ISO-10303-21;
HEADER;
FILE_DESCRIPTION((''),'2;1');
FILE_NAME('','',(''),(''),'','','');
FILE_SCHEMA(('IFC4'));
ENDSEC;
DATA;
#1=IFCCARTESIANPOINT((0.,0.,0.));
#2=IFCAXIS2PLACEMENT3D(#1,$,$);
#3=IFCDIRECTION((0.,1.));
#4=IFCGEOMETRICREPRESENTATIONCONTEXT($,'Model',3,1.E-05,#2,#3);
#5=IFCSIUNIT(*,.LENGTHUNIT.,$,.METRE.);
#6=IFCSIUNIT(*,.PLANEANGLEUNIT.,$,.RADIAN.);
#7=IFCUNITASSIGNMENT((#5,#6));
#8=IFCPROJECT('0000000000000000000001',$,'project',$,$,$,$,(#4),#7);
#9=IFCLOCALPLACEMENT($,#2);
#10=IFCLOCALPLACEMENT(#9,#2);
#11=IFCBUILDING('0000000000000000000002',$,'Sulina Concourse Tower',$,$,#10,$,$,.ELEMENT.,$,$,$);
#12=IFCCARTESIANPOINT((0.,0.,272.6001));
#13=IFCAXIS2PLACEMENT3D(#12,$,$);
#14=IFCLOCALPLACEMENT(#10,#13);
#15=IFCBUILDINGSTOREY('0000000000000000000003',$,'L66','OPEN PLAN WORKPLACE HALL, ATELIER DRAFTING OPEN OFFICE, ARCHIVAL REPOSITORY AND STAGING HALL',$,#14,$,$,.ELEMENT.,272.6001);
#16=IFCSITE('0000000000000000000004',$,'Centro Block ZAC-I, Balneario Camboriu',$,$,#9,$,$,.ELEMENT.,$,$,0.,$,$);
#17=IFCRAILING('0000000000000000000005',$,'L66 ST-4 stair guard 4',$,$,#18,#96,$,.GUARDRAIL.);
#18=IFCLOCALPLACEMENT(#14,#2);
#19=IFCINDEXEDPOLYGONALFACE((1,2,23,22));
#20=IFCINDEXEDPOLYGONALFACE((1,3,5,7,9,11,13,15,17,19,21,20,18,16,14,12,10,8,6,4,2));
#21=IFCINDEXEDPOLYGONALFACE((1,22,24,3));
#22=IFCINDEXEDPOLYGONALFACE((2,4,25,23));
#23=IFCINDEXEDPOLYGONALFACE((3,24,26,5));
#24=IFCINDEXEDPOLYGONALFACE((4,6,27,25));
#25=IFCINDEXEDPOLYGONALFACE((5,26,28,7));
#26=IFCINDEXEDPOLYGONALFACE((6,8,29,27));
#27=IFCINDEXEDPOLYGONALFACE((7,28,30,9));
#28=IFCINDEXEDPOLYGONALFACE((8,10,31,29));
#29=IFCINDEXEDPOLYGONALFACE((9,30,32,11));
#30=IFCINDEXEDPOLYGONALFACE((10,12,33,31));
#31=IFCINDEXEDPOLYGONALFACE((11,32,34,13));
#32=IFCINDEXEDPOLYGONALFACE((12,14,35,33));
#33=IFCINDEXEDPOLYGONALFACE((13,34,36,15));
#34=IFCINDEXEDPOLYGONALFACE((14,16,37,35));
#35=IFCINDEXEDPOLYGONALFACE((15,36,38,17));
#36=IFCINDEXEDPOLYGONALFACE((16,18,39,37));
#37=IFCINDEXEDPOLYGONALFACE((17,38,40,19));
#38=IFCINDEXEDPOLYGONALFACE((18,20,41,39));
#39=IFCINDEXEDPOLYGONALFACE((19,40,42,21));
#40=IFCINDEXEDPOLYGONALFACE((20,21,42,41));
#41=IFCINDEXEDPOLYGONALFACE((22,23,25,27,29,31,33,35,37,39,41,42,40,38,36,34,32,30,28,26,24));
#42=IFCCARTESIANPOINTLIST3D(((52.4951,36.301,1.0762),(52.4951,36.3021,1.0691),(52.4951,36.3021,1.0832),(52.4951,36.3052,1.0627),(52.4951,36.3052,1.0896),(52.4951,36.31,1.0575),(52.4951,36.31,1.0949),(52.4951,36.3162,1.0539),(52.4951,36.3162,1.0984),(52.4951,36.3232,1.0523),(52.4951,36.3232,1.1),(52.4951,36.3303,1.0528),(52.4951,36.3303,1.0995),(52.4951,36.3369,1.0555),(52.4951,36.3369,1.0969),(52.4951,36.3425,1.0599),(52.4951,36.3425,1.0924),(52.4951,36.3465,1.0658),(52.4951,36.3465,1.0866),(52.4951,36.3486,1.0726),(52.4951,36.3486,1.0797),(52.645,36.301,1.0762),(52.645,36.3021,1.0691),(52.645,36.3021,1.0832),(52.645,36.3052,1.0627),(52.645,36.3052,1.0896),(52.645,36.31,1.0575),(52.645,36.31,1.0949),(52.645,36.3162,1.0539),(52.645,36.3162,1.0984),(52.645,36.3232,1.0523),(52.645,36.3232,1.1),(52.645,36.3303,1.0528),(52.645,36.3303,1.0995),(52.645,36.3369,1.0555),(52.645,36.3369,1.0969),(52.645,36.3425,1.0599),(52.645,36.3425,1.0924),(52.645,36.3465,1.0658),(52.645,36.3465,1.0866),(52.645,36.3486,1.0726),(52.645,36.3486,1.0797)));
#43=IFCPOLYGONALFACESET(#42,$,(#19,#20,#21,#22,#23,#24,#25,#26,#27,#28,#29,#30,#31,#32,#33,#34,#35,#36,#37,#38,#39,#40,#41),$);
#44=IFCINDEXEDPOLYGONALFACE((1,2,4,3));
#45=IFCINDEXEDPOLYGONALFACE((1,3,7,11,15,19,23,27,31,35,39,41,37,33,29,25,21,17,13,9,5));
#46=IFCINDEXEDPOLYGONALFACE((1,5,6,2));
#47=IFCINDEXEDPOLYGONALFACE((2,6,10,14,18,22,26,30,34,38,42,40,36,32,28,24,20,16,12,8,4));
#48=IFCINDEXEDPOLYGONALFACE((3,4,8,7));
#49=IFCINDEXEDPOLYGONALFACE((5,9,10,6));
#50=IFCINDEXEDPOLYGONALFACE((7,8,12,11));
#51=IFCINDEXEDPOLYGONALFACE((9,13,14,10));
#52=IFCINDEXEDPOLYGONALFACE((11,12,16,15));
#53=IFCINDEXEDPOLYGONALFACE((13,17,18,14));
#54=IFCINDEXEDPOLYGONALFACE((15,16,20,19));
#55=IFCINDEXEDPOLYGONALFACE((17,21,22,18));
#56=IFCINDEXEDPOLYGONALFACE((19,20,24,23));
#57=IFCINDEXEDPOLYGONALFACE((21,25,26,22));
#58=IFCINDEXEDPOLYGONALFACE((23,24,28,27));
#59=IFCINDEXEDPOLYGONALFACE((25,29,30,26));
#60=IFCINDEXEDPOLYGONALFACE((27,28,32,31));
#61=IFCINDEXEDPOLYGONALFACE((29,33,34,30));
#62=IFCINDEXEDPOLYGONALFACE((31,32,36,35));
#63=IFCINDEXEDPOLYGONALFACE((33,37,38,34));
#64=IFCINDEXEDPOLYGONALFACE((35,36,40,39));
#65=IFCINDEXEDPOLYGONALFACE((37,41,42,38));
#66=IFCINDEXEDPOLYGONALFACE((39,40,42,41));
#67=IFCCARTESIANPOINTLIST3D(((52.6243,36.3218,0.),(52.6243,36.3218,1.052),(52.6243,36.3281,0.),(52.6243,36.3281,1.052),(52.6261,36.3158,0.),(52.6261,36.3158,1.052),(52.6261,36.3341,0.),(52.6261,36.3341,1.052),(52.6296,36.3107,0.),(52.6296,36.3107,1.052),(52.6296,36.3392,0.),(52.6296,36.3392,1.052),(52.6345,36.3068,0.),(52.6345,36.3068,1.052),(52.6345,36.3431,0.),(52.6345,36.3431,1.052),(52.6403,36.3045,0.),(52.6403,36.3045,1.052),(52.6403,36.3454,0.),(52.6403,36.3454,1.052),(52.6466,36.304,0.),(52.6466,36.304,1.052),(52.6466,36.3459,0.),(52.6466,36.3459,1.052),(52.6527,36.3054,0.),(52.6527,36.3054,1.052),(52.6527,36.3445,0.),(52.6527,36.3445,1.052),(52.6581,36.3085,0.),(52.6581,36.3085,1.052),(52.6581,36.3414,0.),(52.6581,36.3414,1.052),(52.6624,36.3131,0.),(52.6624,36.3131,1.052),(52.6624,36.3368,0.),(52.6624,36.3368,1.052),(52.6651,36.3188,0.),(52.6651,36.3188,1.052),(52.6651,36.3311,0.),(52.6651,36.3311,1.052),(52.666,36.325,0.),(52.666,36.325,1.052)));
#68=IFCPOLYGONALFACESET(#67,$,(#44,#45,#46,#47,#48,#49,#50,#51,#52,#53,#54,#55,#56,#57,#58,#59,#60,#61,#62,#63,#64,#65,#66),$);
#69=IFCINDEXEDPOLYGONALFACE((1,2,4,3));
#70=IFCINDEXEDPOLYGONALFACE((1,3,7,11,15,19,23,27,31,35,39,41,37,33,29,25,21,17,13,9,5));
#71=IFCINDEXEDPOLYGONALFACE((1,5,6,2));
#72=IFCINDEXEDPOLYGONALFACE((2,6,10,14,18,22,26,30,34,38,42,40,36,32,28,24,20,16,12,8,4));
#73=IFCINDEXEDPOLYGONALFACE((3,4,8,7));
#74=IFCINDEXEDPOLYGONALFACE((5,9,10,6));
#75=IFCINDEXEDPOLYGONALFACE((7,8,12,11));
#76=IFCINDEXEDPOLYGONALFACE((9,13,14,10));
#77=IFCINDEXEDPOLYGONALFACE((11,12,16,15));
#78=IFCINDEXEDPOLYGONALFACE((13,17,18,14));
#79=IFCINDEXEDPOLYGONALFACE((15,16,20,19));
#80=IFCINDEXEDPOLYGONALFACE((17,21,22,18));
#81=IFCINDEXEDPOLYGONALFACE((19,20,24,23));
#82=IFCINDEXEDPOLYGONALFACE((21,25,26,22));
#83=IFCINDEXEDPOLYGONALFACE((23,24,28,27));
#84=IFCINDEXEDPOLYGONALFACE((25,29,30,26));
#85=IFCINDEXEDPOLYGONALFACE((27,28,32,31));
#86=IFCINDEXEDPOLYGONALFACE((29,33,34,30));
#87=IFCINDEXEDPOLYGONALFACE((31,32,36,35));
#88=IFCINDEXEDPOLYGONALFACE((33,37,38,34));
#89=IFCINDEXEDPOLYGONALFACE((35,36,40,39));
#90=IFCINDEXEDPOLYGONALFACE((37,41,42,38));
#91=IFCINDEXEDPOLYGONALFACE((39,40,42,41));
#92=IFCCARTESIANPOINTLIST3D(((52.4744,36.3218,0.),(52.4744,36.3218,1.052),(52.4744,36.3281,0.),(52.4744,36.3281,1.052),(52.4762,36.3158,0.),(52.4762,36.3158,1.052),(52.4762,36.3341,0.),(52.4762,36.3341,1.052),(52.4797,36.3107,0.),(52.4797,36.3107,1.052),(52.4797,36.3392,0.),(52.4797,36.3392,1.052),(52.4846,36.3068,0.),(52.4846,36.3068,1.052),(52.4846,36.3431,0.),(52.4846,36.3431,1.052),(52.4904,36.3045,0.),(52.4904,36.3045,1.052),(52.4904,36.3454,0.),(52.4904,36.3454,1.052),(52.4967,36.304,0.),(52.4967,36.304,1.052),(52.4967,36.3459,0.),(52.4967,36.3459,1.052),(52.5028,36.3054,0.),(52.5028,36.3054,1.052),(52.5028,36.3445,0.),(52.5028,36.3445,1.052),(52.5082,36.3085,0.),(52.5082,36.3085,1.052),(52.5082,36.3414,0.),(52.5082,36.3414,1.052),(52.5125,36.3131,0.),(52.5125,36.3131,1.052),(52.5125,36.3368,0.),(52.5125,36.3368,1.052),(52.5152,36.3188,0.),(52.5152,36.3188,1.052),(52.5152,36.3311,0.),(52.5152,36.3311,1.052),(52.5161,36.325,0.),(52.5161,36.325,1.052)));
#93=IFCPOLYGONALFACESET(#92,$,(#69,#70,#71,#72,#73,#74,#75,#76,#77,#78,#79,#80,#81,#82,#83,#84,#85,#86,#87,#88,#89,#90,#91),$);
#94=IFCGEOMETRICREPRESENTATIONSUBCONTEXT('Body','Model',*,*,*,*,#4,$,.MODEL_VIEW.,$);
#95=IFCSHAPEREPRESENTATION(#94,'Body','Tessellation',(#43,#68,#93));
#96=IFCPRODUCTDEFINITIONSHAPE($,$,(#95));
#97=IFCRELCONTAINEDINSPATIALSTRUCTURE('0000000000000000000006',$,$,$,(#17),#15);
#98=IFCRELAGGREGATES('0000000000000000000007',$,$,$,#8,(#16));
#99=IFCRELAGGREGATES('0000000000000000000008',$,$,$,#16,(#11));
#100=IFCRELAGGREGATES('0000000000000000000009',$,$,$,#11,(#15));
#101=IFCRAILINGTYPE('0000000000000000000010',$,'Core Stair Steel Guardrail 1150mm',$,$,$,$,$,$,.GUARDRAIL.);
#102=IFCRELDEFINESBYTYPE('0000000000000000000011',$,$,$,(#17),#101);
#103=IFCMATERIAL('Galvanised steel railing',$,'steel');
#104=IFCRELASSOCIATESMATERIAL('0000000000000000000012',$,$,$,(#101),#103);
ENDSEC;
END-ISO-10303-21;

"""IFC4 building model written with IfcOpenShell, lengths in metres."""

from ifc_helpers import new_model, si_unit, direction, frame, origin, origin_2d, place, context, subcontext, project, spatial, circle, extrude, material, type_object, element, save


model = new_model("IFC4")

# Units and contexts
model_context = context("Model", 3, precision=1e-05, world=origin(), true_north=direction((0.0, 1.0)))
body_context = subcontext(model_context, "Body", "Model", "MODEL_VIEW")
ifc_project = project(units=[si_unit("LENGTHUNIT", "METRE"), si_unit("PLANEANGLEUNIT", "RADIAN")], contexts=[model_context])

# Site, building, storey
site_placement = place(None, origin())
site = spatial("IfcSite", under=ifc_project, at=site_placement, Name="Centro Block ZAC-I, Balneario Camboriu", CompositionType="ELEMENT", RefElevation=0.0)
building_placement = place(site_placement, origin())
building = spatial("IfcBuilding", under=site, at=building_placement, Name="Sulina Concourse Tower", CompositionType="ELEMENT")
storey_placement = place(building_placement, frame((0.0, 0.0, 272.6001)))
storey = spatial("IfcBuildingStorey", under=building, at=storey_placement, Name="L66", Description="OPEN PLAN WORKPLACE HALL, ATELIER DRAFTING OPEN OFFICE, ARCHIVAL REPOSITORY AND STAGING HALL", CompositionType="ELEMENT", Elevation=272.6001)

# Railing
ifc_material_1 = material(Name="Galvanised steel railing", Category="steel")
railing_type_1 = type_object("IfcRailingType", Name="Core Stair Steel Guardrail 1150mm", PredefinedType="GUARDRAIL", material=ifc_material_1)
railing_1_placement = place(storey_placement, frame((52.645, 36.325, 0.0)))
element("IfcRailing", 1, at=railing_1_placement, inside=storey, type_object=railing_type_1, Name="L66 ST-4 stair guard 4", PredefinedType="GUARDRAIL", context=body_context, shape_type="SweptSolid", body=[
    extrude(circle(Radius=0.0239, at=origin_2d()), frame((0.0, 0.0, 1.0762), z_axis=(-1.0, 0.0, 0.0), x_axis=(0.0, -1.0, 0.0)), (0.0, 0.0, 1.0), 0.1499),
    extrude(circle(Radius=0.021, at=origin_2d()), origin(), (0.0, 0.0, 1.0), 1.052),
    extrude(circle(Radius=0.021, at=origin_2d()), frame((-0.1499, 0.0, 0.0)), (0.0, 0.0, 1.0), 1.052),
])

save(model, "model.ifc")
